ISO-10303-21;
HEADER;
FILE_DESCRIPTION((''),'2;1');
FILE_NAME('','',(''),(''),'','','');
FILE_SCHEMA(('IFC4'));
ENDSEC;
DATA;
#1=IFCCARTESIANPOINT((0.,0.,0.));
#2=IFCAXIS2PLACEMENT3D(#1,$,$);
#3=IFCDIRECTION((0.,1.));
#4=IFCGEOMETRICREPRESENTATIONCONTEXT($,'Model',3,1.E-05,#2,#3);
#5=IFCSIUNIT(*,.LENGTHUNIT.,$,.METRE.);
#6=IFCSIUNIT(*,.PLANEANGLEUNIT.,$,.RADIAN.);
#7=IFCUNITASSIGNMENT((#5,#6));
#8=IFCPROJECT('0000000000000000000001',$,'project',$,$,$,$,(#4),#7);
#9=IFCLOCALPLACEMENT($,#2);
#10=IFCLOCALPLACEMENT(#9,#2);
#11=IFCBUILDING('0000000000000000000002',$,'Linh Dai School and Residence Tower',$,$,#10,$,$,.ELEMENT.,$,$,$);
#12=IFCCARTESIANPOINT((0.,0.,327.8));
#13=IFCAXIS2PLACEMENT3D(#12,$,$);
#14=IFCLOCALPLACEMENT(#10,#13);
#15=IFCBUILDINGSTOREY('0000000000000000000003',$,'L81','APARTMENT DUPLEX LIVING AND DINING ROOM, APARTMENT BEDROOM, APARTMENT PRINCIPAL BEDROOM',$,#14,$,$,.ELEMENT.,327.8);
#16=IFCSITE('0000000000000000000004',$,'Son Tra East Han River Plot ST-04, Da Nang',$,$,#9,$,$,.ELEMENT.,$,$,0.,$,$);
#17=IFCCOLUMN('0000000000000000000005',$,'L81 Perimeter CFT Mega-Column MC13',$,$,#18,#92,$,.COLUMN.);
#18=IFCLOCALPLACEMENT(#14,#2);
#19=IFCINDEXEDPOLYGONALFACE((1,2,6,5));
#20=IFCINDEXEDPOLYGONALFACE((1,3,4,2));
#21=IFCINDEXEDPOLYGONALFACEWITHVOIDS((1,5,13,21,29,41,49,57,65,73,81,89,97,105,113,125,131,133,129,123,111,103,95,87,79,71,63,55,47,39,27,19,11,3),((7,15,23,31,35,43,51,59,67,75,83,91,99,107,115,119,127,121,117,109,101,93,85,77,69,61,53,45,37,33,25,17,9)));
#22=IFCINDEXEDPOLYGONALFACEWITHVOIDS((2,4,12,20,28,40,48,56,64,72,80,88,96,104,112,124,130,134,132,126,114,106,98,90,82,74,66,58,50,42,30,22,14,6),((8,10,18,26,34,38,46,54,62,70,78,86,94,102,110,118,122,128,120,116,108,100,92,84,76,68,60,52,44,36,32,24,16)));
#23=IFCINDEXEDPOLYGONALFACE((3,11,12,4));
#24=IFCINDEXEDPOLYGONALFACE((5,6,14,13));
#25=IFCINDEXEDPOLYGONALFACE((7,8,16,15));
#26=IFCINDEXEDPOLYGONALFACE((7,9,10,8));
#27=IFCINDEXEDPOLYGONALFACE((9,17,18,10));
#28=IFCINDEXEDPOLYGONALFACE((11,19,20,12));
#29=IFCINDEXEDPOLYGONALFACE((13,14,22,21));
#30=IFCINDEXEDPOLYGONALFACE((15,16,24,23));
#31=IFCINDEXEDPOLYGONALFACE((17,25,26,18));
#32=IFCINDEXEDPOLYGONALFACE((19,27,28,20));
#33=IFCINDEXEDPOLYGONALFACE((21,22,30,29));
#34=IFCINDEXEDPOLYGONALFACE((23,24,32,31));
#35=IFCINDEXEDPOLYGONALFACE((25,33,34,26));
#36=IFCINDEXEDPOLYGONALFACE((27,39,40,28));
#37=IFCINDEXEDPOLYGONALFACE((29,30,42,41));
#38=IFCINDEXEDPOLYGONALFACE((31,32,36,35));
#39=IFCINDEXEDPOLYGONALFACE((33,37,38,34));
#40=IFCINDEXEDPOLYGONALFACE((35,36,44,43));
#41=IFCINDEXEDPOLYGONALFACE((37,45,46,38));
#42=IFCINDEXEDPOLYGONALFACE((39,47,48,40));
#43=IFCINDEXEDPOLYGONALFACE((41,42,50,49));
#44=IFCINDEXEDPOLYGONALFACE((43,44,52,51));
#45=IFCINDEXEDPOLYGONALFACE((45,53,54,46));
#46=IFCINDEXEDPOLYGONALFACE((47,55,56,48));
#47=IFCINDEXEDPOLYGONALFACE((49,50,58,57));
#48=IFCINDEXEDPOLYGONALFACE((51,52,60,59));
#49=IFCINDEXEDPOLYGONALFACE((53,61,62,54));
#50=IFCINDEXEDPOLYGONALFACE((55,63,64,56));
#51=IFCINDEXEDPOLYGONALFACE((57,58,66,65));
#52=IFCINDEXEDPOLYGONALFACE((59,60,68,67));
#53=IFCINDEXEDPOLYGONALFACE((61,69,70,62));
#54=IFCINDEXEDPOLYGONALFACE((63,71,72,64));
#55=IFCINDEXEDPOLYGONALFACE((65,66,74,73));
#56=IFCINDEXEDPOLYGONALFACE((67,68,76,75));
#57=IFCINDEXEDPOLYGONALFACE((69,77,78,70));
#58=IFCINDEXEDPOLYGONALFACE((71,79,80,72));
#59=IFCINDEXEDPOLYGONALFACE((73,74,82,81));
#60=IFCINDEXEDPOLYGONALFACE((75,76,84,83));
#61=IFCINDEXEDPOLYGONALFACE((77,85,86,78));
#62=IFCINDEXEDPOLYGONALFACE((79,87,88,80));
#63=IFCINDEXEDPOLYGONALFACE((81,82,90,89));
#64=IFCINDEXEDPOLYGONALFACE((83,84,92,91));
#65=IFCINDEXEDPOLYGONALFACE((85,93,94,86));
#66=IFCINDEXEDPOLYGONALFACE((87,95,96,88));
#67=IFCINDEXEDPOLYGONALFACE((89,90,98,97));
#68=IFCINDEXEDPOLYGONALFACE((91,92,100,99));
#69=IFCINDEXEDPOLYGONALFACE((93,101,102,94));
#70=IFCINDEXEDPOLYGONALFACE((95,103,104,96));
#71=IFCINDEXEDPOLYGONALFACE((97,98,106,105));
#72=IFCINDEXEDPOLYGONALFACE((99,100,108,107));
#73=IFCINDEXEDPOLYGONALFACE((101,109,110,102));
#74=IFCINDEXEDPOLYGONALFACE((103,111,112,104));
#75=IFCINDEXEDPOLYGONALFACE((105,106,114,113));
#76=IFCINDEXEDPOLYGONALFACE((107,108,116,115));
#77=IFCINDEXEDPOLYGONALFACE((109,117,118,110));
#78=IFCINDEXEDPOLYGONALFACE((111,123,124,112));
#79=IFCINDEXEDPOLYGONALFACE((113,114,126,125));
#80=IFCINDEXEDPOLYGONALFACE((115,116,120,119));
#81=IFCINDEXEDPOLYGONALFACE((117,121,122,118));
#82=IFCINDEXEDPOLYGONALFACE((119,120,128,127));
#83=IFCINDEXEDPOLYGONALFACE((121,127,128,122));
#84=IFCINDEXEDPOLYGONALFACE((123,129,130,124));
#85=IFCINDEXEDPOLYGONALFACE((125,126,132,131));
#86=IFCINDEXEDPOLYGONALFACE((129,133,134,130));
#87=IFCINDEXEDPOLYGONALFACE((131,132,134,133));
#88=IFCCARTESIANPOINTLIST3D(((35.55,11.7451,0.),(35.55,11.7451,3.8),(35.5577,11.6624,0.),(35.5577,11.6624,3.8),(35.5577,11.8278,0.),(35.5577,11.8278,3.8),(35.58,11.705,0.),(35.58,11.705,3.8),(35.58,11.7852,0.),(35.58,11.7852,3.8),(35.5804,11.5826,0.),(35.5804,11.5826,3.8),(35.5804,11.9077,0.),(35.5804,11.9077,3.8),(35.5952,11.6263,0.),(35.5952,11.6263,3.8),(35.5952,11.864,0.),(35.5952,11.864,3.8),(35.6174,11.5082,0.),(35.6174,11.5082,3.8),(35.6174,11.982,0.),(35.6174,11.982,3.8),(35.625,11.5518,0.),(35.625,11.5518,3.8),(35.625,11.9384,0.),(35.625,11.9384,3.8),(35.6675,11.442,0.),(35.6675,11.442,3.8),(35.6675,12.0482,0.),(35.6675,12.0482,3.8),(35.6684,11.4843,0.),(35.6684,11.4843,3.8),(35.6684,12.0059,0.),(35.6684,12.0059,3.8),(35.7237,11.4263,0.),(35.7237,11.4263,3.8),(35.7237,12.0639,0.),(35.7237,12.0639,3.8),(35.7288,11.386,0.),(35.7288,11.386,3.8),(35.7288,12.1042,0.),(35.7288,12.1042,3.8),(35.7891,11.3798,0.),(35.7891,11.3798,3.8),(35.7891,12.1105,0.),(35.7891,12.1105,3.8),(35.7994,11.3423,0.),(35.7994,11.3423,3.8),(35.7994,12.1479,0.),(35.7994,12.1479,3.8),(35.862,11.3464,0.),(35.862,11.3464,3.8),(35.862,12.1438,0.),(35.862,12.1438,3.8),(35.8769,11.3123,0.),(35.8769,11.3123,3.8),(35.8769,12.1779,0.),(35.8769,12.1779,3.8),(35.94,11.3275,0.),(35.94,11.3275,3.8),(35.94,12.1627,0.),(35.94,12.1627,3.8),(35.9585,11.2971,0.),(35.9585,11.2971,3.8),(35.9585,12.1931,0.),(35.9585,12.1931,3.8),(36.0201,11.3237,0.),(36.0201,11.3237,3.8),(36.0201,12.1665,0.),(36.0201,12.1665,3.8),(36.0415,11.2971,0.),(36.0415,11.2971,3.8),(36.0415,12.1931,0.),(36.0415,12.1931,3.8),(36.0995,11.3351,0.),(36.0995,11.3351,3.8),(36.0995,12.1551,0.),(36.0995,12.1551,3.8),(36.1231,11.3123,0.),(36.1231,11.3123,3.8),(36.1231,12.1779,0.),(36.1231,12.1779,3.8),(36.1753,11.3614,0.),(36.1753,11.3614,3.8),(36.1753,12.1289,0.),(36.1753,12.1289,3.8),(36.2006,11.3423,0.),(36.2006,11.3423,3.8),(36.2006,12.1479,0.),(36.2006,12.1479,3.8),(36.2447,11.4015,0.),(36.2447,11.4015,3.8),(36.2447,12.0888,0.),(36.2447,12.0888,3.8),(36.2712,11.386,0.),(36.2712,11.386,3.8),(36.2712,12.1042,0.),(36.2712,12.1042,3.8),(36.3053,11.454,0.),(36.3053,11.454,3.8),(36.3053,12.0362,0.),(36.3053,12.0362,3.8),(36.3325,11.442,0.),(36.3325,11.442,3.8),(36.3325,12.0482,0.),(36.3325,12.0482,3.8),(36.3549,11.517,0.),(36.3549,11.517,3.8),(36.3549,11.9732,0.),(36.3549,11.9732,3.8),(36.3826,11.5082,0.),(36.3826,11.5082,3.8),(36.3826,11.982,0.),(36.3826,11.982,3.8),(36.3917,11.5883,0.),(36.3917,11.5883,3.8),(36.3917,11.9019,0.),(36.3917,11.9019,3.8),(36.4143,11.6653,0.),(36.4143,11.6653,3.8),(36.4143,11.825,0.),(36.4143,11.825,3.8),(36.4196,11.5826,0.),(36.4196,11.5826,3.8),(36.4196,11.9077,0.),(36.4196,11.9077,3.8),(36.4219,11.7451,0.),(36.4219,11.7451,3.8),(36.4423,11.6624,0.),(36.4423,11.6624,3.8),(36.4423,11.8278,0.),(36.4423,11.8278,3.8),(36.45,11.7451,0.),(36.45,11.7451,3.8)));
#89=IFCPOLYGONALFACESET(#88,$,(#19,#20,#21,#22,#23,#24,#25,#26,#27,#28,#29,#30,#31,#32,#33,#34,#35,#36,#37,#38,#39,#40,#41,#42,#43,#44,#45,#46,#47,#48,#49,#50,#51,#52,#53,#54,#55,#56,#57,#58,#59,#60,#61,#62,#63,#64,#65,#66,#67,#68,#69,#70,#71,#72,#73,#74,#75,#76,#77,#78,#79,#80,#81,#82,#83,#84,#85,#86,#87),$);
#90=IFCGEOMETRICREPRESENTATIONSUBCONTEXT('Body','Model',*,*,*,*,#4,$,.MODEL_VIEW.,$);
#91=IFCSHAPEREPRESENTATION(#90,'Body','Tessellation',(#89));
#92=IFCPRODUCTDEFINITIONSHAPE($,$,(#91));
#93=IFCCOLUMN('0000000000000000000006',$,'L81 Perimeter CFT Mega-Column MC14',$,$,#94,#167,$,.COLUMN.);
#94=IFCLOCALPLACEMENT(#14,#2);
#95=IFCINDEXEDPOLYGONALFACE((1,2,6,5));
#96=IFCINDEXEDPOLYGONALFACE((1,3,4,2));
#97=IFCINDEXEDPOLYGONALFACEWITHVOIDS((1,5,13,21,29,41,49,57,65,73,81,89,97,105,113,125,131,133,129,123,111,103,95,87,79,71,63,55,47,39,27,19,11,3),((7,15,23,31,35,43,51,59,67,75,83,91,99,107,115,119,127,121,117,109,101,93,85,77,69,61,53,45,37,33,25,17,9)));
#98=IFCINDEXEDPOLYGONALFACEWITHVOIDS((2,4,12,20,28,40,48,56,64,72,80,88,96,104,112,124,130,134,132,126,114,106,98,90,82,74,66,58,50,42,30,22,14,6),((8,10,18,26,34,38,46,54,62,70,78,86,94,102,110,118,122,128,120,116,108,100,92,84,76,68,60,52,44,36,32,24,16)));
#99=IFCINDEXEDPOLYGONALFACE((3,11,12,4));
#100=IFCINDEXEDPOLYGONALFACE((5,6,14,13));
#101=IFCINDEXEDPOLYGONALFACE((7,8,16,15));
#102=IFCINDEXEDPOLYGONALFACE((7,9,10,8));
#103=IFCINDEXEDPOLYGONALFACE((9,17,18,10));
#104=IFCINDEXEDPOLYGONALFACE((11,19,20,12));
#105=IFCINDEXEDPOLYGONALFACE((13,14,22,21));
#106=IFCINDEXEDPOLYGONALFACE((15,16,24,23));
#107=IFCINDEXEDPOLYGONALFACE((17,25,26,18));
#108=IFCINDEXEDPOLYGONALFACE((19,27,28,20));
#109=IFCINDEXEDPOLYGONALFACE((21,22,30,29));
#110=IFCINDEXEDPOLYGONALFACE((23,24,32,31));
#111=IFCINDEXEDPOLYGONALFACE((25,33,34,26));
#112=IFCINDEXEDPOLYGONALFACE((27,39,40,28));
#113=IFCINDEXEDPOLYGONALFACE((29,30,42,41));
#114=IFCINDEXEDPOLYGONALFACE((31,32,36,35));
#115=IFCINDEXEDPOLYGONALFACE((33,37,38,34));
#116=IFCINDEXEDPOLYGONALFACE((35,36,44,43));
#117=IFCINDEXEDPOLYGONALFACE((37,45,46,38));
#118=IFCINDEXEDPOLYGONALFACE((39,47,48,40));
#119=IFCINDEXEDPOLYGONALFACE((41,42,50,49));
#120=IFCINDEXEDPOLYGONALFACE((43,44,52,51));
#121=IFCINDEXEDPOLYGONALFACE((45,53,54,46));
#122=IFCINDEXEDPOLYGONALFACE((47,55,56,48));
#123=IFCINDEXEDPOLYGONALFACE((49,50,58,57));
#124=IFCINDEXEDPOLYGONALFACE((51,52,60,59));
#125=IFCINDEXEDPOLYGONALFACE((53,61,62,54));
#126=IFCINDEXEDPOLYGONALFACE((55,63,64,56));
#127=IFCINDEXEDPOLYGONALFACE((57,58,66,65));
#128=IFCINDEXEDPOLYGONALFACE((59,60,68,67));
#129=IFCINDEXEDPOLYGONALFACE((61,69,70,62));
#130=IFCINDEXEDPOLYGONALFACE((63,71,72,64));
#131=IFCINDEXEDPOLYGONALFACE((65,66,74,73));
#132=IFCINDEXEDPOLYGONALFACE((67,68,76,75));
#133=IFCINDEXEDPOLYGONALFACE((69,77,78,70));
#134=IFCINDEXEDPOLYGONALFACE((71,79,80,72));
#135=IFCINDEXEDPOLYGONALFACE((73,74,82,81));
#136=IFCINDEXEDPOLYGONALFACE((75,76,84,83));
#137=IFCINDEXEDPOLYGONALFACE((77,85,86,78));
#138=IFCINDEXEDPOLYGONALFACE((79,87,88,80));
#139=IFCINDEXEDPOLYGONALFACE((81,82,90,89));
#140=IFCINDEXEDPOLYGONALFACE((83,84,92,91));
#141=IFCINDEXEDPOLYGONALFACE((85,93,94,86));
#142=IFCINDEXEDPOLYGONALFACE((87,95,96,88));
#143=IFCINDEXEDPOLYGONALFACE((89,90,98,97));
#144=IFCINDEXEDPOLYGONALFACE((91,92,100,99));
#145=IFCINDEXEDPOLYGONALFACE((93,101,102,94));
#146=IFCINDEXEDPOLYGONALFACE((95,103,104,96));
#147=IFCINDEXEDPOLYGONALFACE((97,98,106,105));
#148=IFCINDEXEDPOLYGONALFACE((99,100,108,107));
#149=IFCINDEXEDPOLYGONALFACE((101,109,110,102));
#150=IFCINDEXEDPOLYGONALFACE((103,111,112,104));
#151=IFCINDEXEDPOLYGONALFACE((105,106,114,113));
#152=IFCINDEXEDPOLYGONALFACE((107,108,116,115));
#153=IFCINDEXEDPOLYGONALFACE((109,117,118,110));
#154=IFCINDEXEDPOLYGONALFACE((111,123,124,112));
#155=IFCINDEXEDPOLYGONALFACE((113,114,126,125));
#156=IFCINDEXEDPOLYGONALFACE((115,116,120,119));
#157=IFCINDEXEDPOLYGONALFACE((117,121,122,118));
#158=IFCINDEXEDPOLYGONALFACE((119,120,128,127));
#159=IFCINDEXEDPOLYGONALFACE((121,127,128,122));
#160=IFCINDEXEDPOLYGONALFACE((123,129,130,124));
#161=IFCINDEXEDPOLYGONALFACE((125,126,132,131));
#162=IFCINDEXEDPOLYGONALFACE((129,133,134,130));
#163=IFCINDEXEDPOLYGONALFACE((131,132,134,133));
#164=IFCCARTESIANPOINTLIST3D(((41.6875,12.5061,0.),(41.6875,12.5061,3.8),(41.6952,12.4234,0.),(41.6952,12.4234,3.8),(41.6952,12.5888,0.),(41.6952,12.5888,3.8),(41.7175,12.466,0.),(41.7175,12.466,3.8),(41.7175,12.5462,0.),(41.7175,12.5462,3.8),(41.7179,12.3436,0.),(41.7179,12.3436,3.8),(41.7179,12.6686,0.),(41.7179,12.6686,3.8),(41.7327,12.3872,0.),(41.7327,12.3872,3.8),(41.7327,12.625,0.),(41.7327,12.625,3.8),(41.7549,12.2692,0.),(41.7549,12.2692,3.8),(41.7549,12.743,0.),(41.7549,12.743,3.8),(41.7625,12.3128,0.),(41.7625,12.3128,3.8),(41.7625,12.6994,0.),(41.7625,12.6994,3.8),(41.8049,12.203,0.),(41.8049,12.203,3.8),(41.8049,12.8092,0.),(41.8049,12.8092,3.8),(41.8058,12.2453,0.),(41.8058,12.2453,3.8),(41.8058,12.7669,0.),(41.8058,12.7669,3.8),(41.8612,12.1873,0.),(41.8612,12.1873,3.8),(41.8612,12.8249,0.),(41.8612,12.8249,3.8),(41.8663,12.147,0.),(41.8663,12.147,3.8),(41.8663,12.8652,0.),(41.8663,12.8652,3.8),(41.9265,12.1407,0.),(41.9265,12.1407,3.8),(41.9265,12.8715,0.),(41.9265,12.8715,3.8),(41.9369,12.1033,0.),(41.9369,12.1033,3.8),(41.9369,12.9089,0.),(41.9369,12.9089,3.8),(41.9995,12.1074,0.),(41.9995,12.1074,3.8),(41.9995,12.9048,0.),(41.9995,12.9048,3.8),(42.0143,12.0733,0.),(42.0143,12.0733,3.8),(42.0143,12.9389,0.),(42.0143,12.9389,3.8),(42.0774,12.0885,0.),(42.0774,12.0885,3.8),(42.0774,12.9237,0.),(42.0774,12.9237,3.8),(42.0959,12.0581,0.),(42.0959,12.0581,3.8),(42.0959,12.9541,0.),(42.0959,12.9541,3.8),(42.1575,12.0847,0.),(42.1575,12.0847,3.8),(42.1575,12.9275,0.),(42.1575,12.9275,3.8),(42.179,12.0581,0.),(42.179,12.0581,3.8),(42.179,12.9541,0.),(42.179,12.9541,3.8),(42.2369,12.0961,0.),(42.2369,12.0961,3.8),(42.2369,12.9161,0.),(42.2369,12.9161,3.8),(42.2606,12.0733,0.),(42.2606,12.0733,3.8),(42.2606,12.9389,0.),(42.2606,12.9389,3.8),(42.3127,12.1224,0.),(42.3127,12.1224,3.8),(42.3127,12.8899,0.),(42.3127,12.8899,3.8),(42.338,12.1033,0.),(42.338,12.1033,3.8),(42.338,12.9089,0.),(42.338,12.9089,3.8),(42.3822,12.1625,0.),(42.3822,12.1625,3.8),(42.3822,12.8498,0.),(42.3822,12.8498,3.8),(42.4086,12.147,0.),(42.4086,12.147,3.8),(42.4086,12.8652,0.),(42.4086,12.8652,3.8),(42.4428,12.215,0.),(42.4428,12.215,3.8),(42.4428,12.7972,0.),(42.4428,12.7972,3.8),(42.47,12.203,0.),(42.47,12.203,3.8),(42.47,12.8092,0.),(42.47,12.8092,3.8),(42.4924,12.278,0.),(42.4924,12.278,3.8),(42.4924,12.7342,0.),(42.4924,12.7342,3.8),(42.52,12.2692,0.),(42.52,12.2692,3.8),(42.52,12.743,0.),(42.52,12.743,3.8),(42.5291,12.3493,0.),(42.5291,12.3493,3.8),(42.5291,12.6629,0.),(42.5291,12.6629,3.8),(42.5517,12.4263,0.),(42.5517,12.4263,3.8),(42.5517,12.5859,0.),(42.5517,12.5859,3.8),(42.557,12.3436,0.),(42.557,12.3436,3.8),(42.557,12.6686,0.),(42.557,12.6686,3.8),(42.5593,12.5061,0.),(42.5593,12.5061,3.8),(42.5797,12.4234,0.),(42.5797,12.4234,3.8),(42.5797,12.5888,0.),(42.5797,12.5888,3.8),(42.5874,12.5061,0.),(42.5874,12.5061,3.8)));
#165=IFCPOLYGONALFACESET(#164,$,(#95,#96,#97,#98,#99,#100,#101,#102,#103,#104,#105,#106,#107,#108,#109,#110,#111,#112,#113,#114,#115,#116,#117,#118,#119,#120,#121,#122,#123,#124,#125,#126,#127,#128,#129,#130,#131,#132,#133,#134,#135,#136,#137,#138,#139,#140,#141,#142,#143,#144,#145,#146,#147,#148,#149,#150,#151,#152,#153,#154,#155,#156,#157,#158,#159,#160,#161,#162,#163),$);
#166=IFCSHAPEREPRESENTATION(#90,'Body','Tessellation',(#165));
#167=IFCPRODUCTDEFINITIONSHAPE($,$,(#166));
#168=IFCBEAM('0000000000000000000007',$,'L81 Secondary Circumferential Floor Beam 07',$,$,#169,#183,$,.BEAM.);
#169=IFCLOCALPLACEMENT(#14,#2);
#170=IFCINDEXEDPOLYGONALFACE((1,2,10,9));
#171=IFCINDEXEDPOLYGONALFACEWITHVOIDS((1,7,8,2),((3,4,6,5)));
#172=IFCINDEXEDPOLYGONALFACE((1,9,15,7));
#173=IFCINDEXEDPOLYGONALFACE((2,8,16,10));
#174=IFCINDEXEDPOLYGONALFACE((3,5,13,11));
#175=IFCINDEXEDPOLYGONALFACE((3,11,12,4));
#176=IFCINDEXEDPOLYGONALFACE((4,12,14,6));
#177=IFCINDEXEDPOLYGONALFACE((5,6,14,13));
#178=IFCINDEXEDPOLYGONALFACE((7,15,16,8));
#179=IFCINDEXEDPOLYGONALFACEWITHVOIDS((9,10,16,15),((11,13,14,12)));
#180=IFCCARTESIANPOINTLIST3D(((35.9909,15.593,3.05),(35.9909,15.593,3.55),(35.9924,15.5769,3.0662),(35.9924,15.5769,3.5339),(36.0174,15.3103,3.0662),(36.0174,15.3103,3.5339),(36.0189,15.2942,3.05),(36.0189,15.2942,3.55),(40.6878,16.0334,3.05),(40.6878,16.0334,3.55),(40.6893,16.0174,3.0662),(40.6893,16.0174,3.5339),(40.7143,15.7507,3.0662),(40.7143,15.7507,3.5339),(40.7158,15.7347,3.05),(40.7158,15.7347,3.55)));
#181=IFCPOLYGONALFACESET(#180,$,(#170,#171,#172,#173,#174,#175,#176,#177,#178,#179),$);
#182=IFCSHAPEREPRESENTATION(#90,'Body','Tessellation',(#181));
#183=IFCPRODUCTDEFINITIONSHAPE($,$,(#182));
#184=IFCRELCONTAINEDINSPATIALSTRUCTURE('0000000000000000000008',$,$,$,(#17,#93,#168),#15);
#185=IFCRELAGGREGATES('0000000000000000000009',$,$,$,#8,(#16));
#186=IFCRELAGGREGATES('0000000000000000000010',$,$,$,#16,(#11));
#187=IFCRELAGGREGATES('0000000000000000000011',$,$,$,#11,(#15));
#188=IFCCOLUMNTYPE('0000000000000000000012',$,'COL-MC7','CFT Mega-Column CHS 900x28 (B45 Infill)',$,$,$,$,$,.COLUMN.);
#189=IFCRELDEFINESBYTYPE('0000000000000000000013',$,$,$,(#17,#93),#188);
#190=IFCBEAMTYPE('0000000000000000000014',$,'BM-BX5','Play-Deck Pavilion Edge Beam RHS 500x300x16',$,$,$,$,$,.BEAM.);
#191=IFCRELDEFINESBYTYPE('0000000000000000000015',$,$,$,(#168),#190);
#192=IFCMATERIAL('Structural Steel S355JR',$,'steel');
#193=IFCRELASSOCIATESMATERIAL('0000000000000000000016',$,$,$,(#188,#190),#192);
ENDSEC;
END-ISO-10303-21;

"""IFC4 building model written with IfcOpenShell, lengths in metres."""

from ifc_helpers import new_model, si_unit, direction, frame, origin, origin_2d, place, context, subcontext, project, spatial, hollow_rectangle, hollow_circle, extrude, material, material_profile, profile_set, type_object, element, save


model = new_model("IFC4")

# Units and contexts
model_context = context("Model", 3, precision=1e-05, world=origin(), true_north=direction((0.0, 1.0)))
body_context = subcontext(model_context, "Body", "Model", "MODEL_VIEW")
ifc_project = project(units=[si_unit("LENGTHUNIT", "METRE"), si_unit("PLANEANGLEUNIT", "RADIAN")], contexts=[model_context])

# Site, building, storey
site_placement = place(None, origin())
site = spatial("IfcSite", under=ifc_project, at=site_placement, Name="Son Tra East Han River Plot ST-04, Da Nang", CompositionType="ELEMENT", RefElevation=0.0)
building_placement = place(site_placement, origin())
building = spatial("IfcBuilding", under=site, at=building_placement, Name="Linh Dai School and Residence Tower", CompositionType="ELEMENT")
storey_placement = place(building_placement, frame((0.0, 0.0, 327.8)))
storey = spatial("IfcBuildingStorey", under=building, at=storey_placement, Name="L81", Description="APARTMENT DUPLEX LIVING AND DINING ROOM, APARTMENT BEDROOM, APARTMENT PRINCIPAL BEDROOM", CompositionType="ELEMENT", Elevation=327.8)

# Columns
ifc_material_1 = material(Name="Structural Steel S355JR", Category="steel")
ifc_material_profile_1 = material_profile(ifc_material_1, hollow_circle(Radius=0.45, WallThickness=0.0281, at=origin_2d()), Name="CHS 900x28")
ifc_profile_set_1 = profile_set([ifc_material_profile_1], Name="Structural Steel S355JR")
column_type = type_object("IfcColumnType", Name="COL-MC7", Description="CFT Mega-Column CHS 900x28 (B45 Infill)", PredefinedType="COLUMN", material=ifc_profile_set_1)
for number, where, z_axis, x_axis, name in (
    (1, (36.0, 11.7451, 0.0), (0.0, 0.0, 1.0), (1.0, 0.0, 0.0), "L81 Perimeter CFT Mega-Column MC13"),
    (2, (42.1375, 12.5061, 0.0), (0.0, 0.0, 1.0), (1.0, 0.0, 0.0), "L81 Perimeter CFT Mega-Column MC14"),
):
    element("IfcColumn", number, at=place(storey_placement, frame(where, z_axis=z_axis, x_axis=x_axis)), inside=storey, type_object=column_type, Name=name, PredefinedType="COLUMN", context=body_context, shape_type="SweptSolid", body=[
        extrude(hollow_circle(Radius=0.45, WallThickness=0.0281, at=origin_2d()), origin(), (0.0, 0.0, 1.0), 3.8),
    ])

# Beam
ifc_material_profile_2 = material_profile(ifc_material_1, hollow_rectangle(XDim=0.3, YDim=0.5, WallThickness=0.0161, at=origin_2d()), Name="RHS 500x300x16")
ifc_profile_set_2 = profile_set([ifc_material_profile_2], Name="Structural Steel S355JR")
beam_type_1 = type_object("IfcBeamType", Name="BM-BX5", Description="Play-Deck Pavilion Edge Beam RHS 500x300x16", PredefinedType="BEAM", material=ifc_profile_set_2)
beam_1_placement = place(storey_placement, frame((36.0049, 15.4436, 3.3), z_axis=(0.995633, 0.093358, 0.0), x_axis=(-0.093358, 0.995633, 0.0)))
element("IfcBeam", 3, at=beam_1_placement, inside=storey, type_object=beam_type_1, Name="L81 Secondary Circumferential Floor Beam 07", PredefinedType="BEAM", context=body_context, shape_type="SweptSolid", body=[
    extrude(hollow_rectangle(XDim=0.3, YDim=0.5, WallThickness=0.0161, at=origin_2d()), origin(), (0.0, 0.0, 1.0), 4.7175),
])

save(model, "model.ifc")
